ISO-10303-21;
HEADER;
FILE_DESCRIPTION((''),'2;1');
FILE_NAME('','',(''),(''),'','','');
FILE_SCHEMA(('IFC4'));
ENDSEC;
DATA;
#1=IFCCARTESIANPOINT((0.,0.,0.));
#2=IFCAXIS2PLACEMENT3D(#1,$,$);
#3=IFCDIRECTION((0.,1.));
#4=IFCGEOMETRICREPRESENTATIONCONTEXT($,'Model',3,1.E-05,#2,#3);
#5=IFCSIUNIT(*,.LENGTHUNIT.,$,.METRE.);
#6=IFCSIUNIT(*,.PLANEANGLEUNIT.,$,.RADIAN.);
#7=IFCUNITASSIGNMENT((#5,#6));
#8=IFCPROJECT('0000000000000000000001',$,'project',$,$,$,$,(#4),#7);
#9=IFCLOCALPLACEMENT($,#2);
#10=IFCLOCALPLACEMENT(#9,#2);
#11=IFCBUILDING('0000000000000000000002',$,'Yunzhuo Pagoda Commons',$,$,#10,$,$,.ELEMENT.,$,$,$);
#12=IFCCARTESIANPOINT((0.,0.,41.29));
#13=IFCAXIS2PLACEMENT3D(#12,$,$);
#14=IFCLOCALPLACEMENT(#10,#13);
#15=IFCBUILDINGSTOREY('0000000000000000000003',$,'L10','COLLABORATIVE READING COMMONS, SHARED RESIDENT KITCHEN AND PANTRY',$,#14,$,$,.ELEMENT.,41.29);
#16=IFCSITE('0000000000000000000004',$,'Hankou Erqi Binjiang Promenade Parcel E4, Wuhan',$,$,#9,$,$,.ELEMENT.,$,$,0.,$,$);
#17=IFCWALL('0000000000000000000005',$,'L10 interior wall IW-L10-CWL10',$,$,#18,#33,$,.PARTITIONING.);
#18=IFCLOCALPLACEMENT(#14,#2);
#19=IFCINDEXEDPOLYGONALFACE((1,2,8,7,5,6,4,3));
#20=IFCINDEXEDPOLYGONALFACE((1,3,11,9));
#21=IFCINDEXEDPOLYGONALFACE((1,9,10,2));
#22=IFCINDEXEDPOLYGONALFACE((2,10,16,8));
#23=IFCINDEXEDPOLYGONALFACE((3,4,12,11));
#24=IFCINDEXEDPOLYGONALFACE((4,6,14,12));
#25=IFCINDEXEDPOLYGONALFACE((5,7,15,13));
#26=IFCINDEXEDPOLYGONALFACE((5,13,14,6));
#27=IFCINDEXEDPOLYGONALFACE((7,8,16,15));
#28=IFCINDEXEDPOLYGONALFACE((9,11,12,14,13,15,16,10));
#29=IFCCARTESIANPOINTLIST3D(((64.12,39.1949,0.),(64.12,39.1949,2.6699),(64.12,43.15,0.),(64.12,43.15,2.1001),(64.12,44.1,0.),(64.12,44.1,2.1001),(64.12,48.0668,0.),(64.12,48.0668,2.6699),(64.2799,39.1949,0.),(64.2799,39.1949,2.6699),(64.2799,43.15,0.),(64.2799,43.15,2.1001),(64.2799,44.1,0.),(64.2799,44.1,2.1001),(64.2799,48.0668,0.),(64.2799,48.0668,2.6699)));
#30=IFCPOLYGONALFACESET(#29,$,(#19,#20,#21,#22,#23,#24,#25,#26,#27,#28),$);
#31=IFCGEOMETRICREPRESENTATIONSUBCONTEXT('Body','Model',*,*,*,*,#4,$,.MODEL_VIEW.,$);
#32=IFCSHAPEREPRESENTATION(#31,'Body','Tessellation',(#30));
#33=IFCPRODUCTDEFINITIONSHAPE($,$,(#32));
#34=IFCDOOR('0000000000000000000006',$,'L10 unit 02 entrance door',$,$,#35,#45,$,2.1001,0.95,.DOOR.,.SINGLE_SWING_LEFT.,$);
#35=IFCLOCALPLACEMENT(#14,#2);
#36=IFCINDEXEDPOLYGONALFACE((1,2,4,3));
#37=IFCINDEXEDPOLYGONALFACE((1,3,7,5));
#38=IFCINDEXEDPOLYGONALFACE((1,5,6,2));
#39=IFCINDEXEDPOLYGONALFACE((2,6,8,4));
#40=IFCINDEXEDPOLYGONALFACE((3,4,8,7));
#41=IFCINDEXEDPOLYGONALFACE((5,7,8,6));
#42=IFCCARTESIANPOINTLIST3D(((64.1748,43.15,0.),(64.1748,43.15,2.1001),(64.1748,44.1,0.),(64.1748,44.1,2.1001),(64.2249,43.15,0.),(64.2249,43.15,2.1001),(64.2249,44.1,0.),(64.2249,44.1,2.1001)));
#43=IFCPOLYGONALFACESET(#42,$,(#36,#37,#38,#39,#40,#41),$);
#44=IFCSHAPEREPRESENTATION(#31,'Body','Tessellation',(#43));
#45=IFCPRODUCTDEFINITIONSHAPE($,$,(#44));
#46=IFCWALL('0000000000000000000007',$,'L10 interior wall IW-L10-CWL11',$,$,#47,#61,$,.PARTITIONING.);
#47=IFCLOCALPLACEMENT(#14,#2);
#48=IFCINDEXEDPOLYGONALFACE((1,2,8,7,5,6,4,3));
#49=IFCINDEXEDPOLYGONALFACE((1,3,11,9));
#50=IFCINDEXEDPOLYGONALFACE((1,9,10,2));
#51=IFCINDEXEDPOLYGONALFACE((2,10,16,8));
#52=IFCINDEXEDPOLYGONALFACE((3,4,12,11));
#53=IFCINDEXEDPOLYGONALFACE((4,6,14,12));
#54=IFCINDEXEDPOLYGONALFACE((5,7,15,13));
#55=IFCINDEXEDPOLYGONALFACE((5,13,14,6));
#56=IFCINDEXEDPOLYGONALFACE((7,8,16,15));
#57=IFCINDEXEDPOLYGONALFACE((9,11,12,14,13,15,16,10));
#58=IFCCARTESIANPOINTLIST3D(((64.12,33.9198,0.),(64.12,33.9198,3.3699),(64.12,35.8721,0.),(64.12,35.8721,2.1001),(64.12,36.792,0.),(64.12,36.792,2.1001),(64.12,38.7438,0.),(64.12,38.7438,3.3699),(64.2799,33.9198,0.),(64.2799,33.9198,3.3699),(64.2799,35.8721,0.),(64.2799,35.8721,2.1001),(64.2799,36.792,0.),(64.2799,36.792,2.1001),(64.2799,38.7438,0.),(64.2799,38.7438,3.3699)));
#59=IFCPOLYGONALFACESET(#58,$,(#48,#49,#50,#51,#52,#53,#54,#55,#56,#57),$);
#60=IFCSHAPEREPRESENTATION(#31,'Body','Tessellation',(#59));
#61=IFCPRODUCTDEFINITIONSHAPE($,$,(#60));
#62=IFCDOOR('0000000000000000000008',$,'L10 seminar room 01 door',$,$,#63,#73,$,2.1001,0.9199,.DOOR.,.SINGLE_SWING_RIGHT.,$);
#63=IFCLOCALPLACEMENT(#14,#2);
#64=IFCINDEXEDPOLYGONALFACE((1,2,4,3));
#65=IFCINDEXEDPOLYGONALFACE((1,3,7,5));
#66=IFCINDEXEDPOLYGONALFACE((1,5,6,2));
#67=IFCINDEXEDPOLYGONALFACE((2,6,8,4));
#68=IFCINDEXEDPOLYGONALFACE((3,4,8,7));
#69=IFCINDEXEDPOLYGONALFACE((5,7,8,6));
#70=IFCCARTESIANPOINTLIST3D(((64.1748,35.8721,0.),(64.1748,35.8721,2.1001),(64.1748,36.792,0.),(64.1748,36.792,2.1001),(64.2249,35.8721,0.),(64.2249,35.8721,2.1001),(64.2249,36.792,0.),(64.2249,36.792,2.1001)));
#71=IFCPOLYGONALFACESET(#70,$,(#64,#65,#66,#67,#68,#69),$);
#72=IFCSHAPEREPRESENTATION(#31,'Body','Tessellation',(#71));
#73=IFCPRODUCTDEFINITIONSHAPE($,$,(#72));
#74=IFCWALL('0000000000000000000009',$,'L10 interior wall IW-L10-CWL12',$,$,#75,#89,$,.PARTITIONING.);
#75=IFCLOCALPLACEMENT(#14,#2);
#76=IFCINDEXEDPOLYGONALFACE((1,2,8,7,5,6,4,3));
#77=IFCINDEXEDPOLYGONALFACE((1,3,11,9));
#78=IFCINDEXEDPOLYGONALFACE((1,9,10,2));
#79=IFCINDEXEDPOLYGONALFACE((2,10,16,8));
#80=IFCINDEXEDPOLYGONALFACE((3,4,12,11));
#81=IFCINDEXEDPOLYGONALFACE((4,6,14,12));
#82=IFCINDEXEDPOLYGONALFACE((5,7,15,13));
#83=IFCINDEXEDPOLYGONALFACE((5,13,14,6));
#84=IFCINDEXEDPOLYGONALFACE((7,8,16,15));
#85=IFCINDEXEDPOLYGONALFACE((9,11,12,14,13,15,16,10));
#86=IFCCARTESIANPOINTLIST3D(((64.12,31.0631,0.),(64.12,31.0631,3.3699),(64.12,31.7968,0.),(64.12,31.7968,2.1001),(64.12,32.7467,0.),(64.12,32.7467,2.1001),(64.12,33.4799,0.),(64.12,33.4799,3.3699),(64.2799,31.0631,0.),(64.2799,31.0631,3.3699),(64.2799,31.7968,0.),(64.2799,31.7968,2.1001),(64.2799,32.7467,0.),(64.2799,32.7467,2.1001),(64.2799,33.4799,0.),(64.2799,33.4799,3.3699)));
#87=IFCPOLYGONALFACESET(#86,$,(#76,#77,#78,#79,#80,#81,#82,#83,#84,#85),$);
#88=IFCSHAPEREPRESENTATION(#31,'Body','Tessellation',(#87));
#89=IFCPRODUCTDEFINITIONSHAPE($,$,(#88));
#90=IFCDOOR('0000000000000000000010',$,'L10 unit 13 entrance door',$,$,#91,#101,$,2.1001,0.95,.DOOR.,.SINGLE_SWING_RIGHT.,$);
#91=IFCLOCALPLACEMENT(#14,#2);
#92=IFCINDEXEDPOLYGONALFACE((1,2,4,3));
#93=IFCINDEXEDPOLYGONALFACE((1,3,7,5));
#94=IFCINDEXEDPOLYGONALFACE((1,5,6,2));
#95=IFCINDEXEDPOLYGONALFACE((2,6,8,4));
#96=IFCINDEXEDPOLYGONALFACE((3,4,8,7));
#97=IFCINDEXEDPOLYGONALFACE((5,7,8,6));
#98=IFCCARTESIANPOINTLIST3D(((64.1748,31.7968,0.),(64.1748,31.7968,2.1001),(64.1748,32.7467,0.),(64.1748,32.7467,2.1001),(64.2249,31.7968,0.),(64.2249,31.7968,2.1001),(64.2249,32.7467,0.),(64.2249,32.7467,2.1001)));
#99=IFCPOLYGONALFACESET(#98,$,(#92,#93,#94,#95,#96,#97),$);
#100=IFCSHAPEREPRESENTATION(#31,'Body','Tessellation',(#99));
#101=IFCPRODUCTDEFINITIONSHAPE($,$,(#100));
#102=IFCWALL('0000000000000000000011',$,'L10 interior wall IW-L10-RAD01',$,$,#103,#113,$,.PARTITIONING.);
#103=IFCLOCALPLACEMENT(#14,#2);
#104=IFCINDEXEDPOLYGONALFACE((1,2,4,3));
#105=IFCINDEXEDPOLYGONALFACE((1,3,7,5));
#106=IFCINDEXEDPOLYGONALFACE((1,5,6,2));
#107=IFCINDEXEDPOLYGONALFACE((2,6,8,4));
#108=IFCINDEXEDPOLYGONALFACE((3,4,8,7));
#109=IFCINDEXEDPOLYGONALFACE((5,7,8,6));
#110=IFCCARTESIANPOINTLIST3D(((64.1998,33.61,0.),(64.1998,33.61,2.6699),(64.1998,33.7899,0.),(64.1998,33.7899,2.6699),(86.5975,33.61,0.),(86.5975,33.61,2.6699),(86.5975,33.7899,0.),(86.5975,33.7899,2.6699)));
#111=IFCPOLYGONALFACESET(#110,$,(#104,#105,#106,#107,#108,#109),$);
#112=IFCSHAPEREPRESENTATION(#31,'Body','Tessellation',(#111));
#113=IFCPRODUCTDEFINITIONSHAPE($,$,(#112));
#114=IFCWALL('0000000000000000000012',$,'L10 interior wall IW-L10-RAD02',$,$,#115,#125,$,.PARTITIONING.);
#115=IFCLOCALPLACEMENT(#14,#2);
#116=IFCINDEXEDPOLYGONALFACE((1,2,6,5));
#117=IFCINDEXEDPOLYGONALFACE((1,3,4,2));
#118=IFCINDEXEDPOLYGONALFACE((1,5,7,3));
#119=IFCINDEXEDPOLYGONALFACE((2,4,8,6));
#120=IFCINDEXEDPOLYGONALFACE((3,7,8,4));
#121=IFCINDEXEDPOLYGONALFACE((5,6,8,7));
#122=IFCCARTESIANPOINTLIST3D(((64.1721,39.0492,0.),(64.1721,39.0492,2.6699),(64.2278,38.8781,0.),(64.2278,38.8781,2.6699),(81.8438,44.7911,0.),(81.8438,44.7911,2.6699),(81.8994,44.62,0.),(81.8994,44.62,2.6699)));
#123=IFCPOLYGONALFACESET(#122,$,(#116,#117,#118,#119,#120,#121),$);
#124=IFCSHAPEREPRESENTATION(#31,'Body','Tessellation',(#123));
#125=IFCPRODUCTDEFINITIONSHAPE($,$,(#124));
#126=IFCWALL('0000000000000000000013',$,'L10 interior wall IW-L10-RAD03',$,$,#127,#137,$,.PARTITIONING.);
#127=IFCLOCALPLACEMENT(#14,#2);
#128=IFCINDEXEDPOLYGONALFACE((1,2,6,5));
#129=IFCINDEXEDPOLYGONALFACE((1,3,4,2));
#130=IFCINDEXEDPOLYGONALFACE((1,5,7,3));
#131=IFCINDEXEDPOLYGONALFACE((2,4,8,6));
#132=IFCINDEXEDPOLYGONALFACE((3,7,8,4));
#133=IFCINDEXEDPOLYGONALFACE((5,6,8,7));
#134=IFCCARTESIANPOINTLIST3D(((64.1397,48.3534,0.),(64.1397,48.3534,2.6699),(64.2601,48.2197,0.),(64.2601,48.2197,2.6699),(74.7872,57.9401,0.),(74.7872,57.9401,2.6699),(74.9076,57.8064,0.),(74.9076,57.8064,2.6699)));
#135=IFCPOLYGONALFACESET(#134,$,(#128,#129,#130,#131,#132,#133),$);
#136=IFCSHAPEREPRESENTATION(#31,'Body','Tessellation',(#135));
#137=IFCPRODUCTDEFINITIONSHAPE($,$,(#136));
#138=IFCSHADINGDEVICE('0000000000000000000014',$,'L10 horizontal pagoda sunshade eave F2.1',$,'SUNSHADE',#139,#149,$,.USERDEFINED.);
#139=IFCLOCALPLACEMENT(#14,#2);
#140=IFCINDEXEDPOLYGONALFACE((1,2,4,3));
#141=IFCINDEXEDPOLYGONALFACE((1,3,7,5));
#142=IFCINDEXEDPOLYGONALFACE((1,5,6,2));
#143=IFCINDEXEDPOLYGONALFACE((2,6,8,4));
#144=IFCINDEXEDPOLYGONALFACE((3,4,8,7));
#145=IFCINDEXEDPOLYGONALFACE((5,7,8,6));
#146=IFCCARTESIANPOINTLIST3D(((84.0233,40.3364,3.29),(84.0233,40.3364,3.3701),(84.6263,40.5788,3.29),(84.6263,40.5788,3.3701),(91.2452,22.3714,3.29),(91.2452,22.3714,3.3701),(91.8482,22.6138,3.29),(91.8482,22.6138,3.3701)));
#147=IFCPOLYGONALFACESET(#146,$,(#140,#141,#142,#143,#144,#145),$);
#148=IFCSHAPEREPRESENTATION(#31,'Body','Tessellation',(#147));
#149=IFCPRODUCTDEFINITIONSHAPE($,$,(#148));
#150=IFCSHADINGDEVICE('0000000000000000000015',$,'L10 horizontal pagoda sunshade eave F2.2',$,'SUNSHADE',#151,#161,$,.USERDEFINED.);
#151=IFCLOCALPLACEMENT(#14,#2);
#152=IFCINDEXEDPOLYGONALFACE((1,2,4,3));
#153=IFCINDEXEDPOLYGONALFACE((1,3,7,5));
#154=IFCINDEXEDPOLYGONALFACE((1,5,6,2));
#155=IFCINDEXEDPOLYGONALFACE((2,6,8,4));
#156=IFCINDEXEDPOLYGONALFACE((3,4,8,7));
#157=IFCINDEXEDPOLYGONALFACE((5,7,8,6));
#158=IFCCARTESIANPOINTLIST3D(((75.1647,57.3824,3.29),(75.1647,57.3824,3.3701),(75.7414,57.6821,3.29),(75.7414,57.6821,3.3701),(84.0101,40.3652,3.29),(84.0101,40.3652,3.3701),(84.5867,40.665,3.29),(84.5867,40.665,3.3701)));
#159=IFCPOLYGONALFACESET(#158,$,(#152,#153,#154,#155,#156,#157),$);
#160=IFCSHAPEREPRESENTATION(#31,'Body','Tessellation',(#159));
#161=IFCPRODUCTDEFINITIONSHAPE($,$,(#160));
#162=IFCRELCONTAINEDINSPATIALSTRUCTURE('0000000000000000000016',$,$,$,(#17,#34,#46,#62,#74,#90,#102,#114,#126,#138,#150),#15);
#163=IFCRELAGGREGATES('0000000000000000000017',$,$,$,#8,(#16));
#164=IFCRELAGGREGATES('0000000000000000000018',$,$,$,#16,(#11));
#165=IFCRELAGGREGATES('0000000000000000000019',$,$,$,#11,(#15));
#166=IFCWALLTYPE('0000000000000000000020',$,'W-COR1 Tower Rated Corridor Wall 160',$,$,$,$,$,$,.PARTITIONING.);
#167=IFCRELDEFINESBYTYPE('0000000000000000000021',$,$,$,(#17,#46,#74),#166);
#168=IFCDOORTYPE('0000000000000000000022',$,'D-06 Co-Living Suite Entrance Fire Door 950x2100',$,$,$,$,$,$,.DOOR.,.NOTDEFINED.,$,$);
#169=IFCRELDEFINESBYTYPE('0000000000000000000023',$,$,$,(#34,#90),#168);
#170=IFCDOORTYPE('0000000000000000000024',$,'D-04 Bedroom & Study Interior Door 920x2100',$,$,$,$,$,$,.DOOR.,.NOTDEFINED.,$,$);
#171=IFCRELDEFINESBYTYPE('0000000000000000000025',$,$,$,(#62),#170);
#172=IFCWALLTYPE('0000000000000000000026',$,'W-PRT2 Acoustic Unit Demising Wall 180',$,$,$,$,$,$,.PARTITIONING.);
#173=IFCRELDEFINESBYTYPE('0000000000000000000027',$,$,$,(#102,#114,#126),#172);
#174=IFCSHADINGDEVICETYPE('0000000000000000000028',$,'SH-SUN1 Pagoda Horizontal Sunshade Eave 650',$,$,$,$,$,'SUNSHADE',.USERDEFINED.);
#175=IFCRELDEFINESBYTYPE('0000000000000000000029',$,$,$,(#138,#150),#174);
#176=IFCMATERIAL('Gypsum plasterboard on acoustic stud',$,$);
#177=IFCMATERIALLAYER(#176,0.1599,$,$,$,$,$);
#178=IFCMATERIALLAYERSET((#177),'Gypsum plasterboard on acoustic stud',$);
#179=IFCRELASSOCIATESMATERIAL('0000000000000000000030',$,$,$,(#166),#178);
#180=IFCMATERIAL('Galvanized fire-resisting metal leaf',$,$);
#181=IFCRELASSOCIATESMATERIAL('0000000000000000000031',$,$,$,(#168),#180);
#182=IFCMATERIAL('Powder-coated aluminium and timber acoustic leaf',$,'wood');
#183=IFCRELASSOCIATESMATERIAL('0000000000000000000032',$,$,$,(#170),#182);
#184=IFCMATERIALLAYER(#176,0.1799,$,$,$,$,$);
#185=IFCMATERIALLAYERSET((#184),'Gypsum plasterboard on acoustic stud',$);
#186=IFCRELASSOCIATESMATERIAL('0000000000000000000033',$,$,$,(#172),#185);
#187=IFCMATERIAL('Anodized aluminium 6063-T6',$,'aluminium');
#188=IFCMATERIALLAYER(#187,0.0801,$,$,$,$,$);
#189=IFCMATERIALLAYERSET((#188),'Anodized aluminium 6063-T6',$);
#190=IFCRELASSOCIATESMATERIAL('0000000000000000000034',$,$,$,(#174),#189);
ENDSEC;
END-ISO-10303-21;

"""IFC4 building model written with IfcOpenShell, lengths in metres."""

from ifc_helpers import new_model, si_unit, direction, frame, frame_2d, origin, origin_with_axes, origin_2d, place, context, subcontext, project, spatial, rectangle, extrude, source, transform, mapped, material, layer, layer_set, type_object, element, fill, save


model = new_model("IFC4")

# Units and contexts
model_context = context("Model", 3, precision=1e-05, world=origin(), true_north=direction((0.0, 1.0)))
body_context = subcontext(model_context, "Body", "Model", "MODEL_VIEW")
ifc_project = project(units=[si_unit("LENGTHUNIT", "METRE"), si_unit("PLANEANGLEUNIT", "RADIAN")], contexts=[model_context])

# Site, building, storey
site_placement = place(None, origin())
site = spatial("IfcSite", under=ifc_project, at=site_placement, Name="Hankou Erqi Binjiang Promenade Parcel E4, Wuhan", CompositionType="ELEMENT", RefElevation=0.0)
building_placement = place(site_placement, origin())
building = spatial("IfcBuilding", under=site, at=building_placement, Name="Yunzhuo Pagoda Commons", CompositionType="ELEMENT")
storey_placement = place(building_placement, frame((0.0, 0.0, 41.29)))
storey = spatial("IfcBuildingStorey", under=building, at=storey_placement, Name="L10", Description="COLLABORATIVE READING COMMONS, SHARED RESIDENT KITCHEN AND PANTRY", CompositionType="ELEMENT", Elevation=41.29)

# Shared definitions
ifc_material_1 = material(Name="Anodized aluminium 6063-T6", Category="aluminium")

# Shared definitions
ifc_material_2 = material(Name="Gypsum plasterboard on acoustic stud")
ifc_layer_1 = layer(ifc_material_2, 0.1599)
ifc_layer_set_1 = layer_set([ifc_layer_1], Name="Gypsum plasterboard on acoustic stud")
wall_type_1 = type_object("IfcWallType", Name="W-COR1 Tower Rated Corridor Wall 160", PredefinedType="PARTITIONING", material=ifc_layer_set_1)

# Walls, openings, doors
wall_1_placement = place(storey_placement, frame((64.2, 48.0669, 0.0), z_axis=(0.0, 0.0, 1.0), x_axis=(0.0, -1.0, 0.0)))
wall_1 = element("IfcWall", 1, at=wall_1_placement, inside=storey, type_object=wall_type_1, Name="L10 interior wall IW-L10-CWL10", PredefinedType="PARTITIONING", context=body_context, shape_type="SweptSolid", body=[
    extrude(rectangle(XDim=8.8718, YDim=0.1599, at=frame_2d((4.436, 0.0))), origin(), (0.0, 0.0, 1.0), 2.6699),
])
opening_1_placement = place(wall_1_placement, frame((3.9668, 0.0, 0.0)))
opening_1 = element("IfcOpeningElement", 2, at=opening_1_placement, cuts=wall_1, PredefinedType="OPENING", context=body_context, shape_type="SweptSolid", body=[
    extrude(rectangle(XDim=0.95, YDim=2.1001, at=frame_2d((0.4751, 1.05))), frame((0.0, 0.0898, 0.0), z_axis=(0.0, -1.0, 0.0), x_axis=(1.0, 0.0, 0.0)), (0.0, 0.0, 1.0), 0.1799),
])
ifc_material_3 = material(Name="Galvanized fire-resisting metal leaf")
door_type_1 = type_object("IfcDoorType", Name="D-06 Co-Living Suite Entrance Fire Door 950x2100", OperationType="NOTDEFINED", PredefinedType="DOOR", material=ifc_material_3)
shared_shape_1 = source(origin(), body_context, "Body", "SweptSolid", [
    extrude(rectangle(XDim=0.95, YDim=2.1001, at=frame_2d((0.4751, 1.05))), frame((0.0, 0.0249, 0.0), z_axis=(0.0, -1.0, 0.0), x_axis=(1.0, 0.0, 0.0)), (0.0, 0.0, 1.0), 0.05),
])
door_1_placement = place(opening_1_placement, origin_with_axes())
door_1 = element("IfcDoor", 3, at=door_1_placement, inside=storey, type_object=door_type_1, Name="L10 unit 02 entrance door", OperationType="SINGLE_SWING_LEFT", OverallHeight=2.1001, OverallWidth=0.95, PredefinedType="DOOR", context=body_context, shape_type="MappedRepresentation", body=[
    mapped(shared_shape_1, transform((0.0, 0.0, 0.0), scale=1.0)),
])
fill(opening_1, door_1)
wall_2_placement = place(storey_placement, frame((64.2, 38.7439, 0.0), z_axis=(0.0, 0.0, 1.0), x_axis=(0.0, -1.0, 0.0)))
wall_2 = element("IfcWall", 4, at=wall_2_placement, inside=storey, type_object=wall_type_1, Name="L10 interior wall IW-L10-CWL11", PredefinedType="PARTITIONING", context=body_context, shape_type="SweptSolid", body=[
    extrude(rectangle(XDim=4.824, YDim=0.1599, at=frame_2d((2.4121, 0.0))), origin(), (0.0, 0.0, 1.0), 3.3699),
])
opening_2_placement = place(wall_2_placement, frame((1.9519, 0.0, 0.0)))
opening_2 = element("IfcOpeningElement", 5, at=opening_2_placement, cuts=wall_2, PredefinedType="OPENING", context=body_context, shape_type="SweptSolid", body=[
    extrude(rectangle(XDim=0.9199, YDim=2.1001, at=frame_2d((0.46, 1.05))), frame((0.0, 0.0898, 0.0), z_axis=(0.0, -1.0, 0.0), x_axis=(1.0, 0.0, 0.0)), (0.0, 0.0, 1.0), 0.1799),
])
ifc_material_4 = material(Name="Powder-coated aluminium and timber acoustic leaf", Category="wood")
door_type_2 = type_object("IfcDoorType", Name="D-04 Bedroom & Study Interior Door 920x2100", OperationType="NOTDEFINED", PredefinedType="DOOR", material=ifc_material_4)
shared_shape_2 = source(origin(), body_context, "Body", "SweptSolid", [
    extrude(rectangle(XDim=0.9199, YDim=2.1001, at=frame_2d((0.46, 1.05))), frame((0.0, 0.0249, 0.0), z_axis=(0.0, -1.0, 0.0), x_axis=(1.0, 0.0, 0.0)), (0.0, 0.0, 1.0), 0.05),
])
door_2_placement = place(opening_2_placement, origin_with_axes())
door_2 = element("IfcDoor", 6, at=door_2_placement, inside=storey, type_object=door_type_2, Name="L10 seminar room 01 door", OperationType="SINGLE_SWING_RIGHT", OverallHeight=2.1001, OverallWidth=0.9199, PredefinedType="DOOR", context=body_context, shape_type="MappedRepresentation", body=[
    mapped(shared_shape_2, transform((0.0, 0.0, 0.0), scale=1.0)),
])
fill(opening_2, door_2)
wall_3_placement = place(storey_placement, frame((64.2, 33.48, 0.0), z_axis=(0.0, 0.0, 1.0), x_axis=(0.0, -1.0, 0.0)))
wall_3 = element("IfcWall", 7, at=wall_3_placement, inside=storey, type_object=wall_type_1, Name="L10 interior wall IW-L10-CWL12", PredefinedType="PARTITIONING", context=body_context, shape_type="SweptSolid", body=[
    extrude(rectangle(XDim=2.4167, YDim=0.1599, at=frame_2d((1.2085, 0.0))), origin(), (0.0, 0.0, 1.0), 3.3699),
])
opening_3_placement = place(wall_3_placement, frame((0.7332, 0.0, 0.0)))
opening_3 = element("IfcOpeningElement", 8, at=opening_3_placement, cuts=wall_3, PredefinedType="OPENING", context=body_context, shape_type="SweptSolid", body=[
    extrude(rectangle(XDim=0.95, YDim=2.1001, at=frame_2d((0.4751, 1.05))), frame((0.0, 0.0898, 0.0), z_axis=(0.0, -1.0, 0.0), x_axis=(1.0, 0.0, 0.0)), (0.0, 0.0, 1.0), 0.1799),
])
door_3_placement = place(opening_3_placement, origin_with_axes())
door_3 = element("IfcDoor", 9, at=door_3_placement, inside=storey, type_object=door_type_1, Name="L10 unit 13 entrance door", OperationType="SINGLE_SWING_RIGHT", OverallHeight=2.1001, OverallWidth=0.95, PredefinedType="DOOR", context=body_context, shape_type="MappedRepresentation", body=[
    mapped(shared_shape_1, transform((0.0, 0.0, 0.0), scale=1.0)),
])
fill(opening_3, door_3)

# Walls
ifc_layer_2 = layer(ifc_material_2, 0.1799)
ifc_layer_set_2 = layer_set([ifc_layer_2], Name="Gypsum plasterboard on acoustic stud")
wall_type_2 = type_object("IfcWallType", Name="W-PRT2 Acoustic Unit Demising Wall 180", PredefinedType="PARTITIONING", material=ifc_layer_set_2)
wall_4_placement = place(storey_placement, frame((64.2, 33.7, 0.0), z_axis=(0.0, 0.0, 1.0), x_axis=(1.0, 0.0, 0.0)))
element("IfcWall", 10, at=wall_4_placement, inside=storey, type_object=wall_type_2, Name="L10 interior wall IW-L10-RAD01", PredefinedType="PARTITIONING", context=body_context, shape_type="SweptSolid", body=[
    extrude(rectangle(XDim=22.3977, YDim=0.1799, at=frame_2d((11.1987, 0.0))), origin(), (0.0, 0.0, 1.0), 2.6699),
])
wall_5_placement = place(storey_placement, frame((64.2, 38.9636, 0.0), z_axis=(0.0, 0.0, 1.0), x_axis=(0.951055, 0.309021, 0.0)))
element("IfcWall", 11, at=wall_5_placement, inside=storey, type_object=wall_type_2, Name="L10 interior wall IW-L10-RAD02", PredefinedType="PARTITIONING", context=body_context, shape_type="SweptSolid", body=[
    extrude(rectangle(XDim=18.5811, YDim=0.1799, at=frame_2d((9.2905, 0.0))), origin(), (0.0, 0.0, 1.0), 2.6699),
])
wall_6_placement = place(storey_placement, frame((64.2, 48.2866, 0.0), z_axis=(0.0, 0.0, 1.0), x_axis=(0.743157, 0.669117, 0.0)))
element("IfcWall", 12, at=wall_6_placement, inside=storey, type_object=wall_type_2, Name="L10 interior wall IW-L10-RAD03", PredefinedType="PARTITIONING", context=body_context, shape_type="SweptSolid", body=[
    extrude(rectangle(XDim=14.3274, YDim=0.1799, at=frame_2d((7.1636, 0.0))), origin(), (0.0, 0.0, 1.0), 2.6699),
])

# Shading devices
ifc_layer_3 = layer(ifc_material_1, 0.0801)
ifc_layer_set_3 = layer_set([ifc_layer_3], Name="Anodized aluminium 6063-T6")
shading_device_type = type_object("IfcShadingDeviceType", Name="SH-SUN1 Pagoda Horizontal Sunshade Eave 650", ElementType="SUNSHADE", PredefinedType="USERDEFINED", material=ifc_layer_set_3)
shared_shape_3 = source(origin(), body_context, "Body", "SweptSolid", [
    extrude(rectangle(XDim=19.3623, YDim=0.6499, at=origin_2d()), origin(), (0.0, 0.0, 1.0), 0.0801),
])
shading_device_1_placement = place(storey_placement, frame((87.9358, 31.4751, 3.29), z_axis=(0.0, 0.0, 1.0), x_axis=(-0.372988, 0.927836, 0.0)))
element("IfcShadingDevice", 13, at=shading_device_1_placement, inside=storey, type_object=shading_device_type, Name="L10 horizontal pagoda sunshade eave F2.1", ObjectType="SUNSHADE", PredefinedType="USERDEFINED", context=body_context, shape_type="MappedRepresentation", body=[
    mapped(shared_shape_3, transform((0.0, 0.0, 0.0), scale=1.0)),
])
shared_shape_4 = source(origin(), body_context, "Body", "SweptSolid", [
    extrude(rectangle(XDim=19.1787, YDim=0.6499, at=origin_2d()), origin(), (0.0, 0.0, 1.0), 0.0801),
])
shading_device_2_placement = place(storey_placement, frame((79.8757, 49.0237, 3.29), z_axis=(0.0, 0.0, 1.0), x_axis=(-0.461207, 0.887293, 0.0)))
element("IfcShadingDevice", 14, at=shading_device_2_placement, inside=storey, type_object=shading_device_type, Name="L10 horizontal pagoda sunshade eave F2.2", ObjectType="SUNSHADE", PredefinedType="USERDEFINED", context=body_context, shape_type="MappedRepresentation", body=[
    mapped(shared_shape_4, transform((0.0, 0.0, 0.0), scale=1.0)),
])

save(model, "model.ifc")
